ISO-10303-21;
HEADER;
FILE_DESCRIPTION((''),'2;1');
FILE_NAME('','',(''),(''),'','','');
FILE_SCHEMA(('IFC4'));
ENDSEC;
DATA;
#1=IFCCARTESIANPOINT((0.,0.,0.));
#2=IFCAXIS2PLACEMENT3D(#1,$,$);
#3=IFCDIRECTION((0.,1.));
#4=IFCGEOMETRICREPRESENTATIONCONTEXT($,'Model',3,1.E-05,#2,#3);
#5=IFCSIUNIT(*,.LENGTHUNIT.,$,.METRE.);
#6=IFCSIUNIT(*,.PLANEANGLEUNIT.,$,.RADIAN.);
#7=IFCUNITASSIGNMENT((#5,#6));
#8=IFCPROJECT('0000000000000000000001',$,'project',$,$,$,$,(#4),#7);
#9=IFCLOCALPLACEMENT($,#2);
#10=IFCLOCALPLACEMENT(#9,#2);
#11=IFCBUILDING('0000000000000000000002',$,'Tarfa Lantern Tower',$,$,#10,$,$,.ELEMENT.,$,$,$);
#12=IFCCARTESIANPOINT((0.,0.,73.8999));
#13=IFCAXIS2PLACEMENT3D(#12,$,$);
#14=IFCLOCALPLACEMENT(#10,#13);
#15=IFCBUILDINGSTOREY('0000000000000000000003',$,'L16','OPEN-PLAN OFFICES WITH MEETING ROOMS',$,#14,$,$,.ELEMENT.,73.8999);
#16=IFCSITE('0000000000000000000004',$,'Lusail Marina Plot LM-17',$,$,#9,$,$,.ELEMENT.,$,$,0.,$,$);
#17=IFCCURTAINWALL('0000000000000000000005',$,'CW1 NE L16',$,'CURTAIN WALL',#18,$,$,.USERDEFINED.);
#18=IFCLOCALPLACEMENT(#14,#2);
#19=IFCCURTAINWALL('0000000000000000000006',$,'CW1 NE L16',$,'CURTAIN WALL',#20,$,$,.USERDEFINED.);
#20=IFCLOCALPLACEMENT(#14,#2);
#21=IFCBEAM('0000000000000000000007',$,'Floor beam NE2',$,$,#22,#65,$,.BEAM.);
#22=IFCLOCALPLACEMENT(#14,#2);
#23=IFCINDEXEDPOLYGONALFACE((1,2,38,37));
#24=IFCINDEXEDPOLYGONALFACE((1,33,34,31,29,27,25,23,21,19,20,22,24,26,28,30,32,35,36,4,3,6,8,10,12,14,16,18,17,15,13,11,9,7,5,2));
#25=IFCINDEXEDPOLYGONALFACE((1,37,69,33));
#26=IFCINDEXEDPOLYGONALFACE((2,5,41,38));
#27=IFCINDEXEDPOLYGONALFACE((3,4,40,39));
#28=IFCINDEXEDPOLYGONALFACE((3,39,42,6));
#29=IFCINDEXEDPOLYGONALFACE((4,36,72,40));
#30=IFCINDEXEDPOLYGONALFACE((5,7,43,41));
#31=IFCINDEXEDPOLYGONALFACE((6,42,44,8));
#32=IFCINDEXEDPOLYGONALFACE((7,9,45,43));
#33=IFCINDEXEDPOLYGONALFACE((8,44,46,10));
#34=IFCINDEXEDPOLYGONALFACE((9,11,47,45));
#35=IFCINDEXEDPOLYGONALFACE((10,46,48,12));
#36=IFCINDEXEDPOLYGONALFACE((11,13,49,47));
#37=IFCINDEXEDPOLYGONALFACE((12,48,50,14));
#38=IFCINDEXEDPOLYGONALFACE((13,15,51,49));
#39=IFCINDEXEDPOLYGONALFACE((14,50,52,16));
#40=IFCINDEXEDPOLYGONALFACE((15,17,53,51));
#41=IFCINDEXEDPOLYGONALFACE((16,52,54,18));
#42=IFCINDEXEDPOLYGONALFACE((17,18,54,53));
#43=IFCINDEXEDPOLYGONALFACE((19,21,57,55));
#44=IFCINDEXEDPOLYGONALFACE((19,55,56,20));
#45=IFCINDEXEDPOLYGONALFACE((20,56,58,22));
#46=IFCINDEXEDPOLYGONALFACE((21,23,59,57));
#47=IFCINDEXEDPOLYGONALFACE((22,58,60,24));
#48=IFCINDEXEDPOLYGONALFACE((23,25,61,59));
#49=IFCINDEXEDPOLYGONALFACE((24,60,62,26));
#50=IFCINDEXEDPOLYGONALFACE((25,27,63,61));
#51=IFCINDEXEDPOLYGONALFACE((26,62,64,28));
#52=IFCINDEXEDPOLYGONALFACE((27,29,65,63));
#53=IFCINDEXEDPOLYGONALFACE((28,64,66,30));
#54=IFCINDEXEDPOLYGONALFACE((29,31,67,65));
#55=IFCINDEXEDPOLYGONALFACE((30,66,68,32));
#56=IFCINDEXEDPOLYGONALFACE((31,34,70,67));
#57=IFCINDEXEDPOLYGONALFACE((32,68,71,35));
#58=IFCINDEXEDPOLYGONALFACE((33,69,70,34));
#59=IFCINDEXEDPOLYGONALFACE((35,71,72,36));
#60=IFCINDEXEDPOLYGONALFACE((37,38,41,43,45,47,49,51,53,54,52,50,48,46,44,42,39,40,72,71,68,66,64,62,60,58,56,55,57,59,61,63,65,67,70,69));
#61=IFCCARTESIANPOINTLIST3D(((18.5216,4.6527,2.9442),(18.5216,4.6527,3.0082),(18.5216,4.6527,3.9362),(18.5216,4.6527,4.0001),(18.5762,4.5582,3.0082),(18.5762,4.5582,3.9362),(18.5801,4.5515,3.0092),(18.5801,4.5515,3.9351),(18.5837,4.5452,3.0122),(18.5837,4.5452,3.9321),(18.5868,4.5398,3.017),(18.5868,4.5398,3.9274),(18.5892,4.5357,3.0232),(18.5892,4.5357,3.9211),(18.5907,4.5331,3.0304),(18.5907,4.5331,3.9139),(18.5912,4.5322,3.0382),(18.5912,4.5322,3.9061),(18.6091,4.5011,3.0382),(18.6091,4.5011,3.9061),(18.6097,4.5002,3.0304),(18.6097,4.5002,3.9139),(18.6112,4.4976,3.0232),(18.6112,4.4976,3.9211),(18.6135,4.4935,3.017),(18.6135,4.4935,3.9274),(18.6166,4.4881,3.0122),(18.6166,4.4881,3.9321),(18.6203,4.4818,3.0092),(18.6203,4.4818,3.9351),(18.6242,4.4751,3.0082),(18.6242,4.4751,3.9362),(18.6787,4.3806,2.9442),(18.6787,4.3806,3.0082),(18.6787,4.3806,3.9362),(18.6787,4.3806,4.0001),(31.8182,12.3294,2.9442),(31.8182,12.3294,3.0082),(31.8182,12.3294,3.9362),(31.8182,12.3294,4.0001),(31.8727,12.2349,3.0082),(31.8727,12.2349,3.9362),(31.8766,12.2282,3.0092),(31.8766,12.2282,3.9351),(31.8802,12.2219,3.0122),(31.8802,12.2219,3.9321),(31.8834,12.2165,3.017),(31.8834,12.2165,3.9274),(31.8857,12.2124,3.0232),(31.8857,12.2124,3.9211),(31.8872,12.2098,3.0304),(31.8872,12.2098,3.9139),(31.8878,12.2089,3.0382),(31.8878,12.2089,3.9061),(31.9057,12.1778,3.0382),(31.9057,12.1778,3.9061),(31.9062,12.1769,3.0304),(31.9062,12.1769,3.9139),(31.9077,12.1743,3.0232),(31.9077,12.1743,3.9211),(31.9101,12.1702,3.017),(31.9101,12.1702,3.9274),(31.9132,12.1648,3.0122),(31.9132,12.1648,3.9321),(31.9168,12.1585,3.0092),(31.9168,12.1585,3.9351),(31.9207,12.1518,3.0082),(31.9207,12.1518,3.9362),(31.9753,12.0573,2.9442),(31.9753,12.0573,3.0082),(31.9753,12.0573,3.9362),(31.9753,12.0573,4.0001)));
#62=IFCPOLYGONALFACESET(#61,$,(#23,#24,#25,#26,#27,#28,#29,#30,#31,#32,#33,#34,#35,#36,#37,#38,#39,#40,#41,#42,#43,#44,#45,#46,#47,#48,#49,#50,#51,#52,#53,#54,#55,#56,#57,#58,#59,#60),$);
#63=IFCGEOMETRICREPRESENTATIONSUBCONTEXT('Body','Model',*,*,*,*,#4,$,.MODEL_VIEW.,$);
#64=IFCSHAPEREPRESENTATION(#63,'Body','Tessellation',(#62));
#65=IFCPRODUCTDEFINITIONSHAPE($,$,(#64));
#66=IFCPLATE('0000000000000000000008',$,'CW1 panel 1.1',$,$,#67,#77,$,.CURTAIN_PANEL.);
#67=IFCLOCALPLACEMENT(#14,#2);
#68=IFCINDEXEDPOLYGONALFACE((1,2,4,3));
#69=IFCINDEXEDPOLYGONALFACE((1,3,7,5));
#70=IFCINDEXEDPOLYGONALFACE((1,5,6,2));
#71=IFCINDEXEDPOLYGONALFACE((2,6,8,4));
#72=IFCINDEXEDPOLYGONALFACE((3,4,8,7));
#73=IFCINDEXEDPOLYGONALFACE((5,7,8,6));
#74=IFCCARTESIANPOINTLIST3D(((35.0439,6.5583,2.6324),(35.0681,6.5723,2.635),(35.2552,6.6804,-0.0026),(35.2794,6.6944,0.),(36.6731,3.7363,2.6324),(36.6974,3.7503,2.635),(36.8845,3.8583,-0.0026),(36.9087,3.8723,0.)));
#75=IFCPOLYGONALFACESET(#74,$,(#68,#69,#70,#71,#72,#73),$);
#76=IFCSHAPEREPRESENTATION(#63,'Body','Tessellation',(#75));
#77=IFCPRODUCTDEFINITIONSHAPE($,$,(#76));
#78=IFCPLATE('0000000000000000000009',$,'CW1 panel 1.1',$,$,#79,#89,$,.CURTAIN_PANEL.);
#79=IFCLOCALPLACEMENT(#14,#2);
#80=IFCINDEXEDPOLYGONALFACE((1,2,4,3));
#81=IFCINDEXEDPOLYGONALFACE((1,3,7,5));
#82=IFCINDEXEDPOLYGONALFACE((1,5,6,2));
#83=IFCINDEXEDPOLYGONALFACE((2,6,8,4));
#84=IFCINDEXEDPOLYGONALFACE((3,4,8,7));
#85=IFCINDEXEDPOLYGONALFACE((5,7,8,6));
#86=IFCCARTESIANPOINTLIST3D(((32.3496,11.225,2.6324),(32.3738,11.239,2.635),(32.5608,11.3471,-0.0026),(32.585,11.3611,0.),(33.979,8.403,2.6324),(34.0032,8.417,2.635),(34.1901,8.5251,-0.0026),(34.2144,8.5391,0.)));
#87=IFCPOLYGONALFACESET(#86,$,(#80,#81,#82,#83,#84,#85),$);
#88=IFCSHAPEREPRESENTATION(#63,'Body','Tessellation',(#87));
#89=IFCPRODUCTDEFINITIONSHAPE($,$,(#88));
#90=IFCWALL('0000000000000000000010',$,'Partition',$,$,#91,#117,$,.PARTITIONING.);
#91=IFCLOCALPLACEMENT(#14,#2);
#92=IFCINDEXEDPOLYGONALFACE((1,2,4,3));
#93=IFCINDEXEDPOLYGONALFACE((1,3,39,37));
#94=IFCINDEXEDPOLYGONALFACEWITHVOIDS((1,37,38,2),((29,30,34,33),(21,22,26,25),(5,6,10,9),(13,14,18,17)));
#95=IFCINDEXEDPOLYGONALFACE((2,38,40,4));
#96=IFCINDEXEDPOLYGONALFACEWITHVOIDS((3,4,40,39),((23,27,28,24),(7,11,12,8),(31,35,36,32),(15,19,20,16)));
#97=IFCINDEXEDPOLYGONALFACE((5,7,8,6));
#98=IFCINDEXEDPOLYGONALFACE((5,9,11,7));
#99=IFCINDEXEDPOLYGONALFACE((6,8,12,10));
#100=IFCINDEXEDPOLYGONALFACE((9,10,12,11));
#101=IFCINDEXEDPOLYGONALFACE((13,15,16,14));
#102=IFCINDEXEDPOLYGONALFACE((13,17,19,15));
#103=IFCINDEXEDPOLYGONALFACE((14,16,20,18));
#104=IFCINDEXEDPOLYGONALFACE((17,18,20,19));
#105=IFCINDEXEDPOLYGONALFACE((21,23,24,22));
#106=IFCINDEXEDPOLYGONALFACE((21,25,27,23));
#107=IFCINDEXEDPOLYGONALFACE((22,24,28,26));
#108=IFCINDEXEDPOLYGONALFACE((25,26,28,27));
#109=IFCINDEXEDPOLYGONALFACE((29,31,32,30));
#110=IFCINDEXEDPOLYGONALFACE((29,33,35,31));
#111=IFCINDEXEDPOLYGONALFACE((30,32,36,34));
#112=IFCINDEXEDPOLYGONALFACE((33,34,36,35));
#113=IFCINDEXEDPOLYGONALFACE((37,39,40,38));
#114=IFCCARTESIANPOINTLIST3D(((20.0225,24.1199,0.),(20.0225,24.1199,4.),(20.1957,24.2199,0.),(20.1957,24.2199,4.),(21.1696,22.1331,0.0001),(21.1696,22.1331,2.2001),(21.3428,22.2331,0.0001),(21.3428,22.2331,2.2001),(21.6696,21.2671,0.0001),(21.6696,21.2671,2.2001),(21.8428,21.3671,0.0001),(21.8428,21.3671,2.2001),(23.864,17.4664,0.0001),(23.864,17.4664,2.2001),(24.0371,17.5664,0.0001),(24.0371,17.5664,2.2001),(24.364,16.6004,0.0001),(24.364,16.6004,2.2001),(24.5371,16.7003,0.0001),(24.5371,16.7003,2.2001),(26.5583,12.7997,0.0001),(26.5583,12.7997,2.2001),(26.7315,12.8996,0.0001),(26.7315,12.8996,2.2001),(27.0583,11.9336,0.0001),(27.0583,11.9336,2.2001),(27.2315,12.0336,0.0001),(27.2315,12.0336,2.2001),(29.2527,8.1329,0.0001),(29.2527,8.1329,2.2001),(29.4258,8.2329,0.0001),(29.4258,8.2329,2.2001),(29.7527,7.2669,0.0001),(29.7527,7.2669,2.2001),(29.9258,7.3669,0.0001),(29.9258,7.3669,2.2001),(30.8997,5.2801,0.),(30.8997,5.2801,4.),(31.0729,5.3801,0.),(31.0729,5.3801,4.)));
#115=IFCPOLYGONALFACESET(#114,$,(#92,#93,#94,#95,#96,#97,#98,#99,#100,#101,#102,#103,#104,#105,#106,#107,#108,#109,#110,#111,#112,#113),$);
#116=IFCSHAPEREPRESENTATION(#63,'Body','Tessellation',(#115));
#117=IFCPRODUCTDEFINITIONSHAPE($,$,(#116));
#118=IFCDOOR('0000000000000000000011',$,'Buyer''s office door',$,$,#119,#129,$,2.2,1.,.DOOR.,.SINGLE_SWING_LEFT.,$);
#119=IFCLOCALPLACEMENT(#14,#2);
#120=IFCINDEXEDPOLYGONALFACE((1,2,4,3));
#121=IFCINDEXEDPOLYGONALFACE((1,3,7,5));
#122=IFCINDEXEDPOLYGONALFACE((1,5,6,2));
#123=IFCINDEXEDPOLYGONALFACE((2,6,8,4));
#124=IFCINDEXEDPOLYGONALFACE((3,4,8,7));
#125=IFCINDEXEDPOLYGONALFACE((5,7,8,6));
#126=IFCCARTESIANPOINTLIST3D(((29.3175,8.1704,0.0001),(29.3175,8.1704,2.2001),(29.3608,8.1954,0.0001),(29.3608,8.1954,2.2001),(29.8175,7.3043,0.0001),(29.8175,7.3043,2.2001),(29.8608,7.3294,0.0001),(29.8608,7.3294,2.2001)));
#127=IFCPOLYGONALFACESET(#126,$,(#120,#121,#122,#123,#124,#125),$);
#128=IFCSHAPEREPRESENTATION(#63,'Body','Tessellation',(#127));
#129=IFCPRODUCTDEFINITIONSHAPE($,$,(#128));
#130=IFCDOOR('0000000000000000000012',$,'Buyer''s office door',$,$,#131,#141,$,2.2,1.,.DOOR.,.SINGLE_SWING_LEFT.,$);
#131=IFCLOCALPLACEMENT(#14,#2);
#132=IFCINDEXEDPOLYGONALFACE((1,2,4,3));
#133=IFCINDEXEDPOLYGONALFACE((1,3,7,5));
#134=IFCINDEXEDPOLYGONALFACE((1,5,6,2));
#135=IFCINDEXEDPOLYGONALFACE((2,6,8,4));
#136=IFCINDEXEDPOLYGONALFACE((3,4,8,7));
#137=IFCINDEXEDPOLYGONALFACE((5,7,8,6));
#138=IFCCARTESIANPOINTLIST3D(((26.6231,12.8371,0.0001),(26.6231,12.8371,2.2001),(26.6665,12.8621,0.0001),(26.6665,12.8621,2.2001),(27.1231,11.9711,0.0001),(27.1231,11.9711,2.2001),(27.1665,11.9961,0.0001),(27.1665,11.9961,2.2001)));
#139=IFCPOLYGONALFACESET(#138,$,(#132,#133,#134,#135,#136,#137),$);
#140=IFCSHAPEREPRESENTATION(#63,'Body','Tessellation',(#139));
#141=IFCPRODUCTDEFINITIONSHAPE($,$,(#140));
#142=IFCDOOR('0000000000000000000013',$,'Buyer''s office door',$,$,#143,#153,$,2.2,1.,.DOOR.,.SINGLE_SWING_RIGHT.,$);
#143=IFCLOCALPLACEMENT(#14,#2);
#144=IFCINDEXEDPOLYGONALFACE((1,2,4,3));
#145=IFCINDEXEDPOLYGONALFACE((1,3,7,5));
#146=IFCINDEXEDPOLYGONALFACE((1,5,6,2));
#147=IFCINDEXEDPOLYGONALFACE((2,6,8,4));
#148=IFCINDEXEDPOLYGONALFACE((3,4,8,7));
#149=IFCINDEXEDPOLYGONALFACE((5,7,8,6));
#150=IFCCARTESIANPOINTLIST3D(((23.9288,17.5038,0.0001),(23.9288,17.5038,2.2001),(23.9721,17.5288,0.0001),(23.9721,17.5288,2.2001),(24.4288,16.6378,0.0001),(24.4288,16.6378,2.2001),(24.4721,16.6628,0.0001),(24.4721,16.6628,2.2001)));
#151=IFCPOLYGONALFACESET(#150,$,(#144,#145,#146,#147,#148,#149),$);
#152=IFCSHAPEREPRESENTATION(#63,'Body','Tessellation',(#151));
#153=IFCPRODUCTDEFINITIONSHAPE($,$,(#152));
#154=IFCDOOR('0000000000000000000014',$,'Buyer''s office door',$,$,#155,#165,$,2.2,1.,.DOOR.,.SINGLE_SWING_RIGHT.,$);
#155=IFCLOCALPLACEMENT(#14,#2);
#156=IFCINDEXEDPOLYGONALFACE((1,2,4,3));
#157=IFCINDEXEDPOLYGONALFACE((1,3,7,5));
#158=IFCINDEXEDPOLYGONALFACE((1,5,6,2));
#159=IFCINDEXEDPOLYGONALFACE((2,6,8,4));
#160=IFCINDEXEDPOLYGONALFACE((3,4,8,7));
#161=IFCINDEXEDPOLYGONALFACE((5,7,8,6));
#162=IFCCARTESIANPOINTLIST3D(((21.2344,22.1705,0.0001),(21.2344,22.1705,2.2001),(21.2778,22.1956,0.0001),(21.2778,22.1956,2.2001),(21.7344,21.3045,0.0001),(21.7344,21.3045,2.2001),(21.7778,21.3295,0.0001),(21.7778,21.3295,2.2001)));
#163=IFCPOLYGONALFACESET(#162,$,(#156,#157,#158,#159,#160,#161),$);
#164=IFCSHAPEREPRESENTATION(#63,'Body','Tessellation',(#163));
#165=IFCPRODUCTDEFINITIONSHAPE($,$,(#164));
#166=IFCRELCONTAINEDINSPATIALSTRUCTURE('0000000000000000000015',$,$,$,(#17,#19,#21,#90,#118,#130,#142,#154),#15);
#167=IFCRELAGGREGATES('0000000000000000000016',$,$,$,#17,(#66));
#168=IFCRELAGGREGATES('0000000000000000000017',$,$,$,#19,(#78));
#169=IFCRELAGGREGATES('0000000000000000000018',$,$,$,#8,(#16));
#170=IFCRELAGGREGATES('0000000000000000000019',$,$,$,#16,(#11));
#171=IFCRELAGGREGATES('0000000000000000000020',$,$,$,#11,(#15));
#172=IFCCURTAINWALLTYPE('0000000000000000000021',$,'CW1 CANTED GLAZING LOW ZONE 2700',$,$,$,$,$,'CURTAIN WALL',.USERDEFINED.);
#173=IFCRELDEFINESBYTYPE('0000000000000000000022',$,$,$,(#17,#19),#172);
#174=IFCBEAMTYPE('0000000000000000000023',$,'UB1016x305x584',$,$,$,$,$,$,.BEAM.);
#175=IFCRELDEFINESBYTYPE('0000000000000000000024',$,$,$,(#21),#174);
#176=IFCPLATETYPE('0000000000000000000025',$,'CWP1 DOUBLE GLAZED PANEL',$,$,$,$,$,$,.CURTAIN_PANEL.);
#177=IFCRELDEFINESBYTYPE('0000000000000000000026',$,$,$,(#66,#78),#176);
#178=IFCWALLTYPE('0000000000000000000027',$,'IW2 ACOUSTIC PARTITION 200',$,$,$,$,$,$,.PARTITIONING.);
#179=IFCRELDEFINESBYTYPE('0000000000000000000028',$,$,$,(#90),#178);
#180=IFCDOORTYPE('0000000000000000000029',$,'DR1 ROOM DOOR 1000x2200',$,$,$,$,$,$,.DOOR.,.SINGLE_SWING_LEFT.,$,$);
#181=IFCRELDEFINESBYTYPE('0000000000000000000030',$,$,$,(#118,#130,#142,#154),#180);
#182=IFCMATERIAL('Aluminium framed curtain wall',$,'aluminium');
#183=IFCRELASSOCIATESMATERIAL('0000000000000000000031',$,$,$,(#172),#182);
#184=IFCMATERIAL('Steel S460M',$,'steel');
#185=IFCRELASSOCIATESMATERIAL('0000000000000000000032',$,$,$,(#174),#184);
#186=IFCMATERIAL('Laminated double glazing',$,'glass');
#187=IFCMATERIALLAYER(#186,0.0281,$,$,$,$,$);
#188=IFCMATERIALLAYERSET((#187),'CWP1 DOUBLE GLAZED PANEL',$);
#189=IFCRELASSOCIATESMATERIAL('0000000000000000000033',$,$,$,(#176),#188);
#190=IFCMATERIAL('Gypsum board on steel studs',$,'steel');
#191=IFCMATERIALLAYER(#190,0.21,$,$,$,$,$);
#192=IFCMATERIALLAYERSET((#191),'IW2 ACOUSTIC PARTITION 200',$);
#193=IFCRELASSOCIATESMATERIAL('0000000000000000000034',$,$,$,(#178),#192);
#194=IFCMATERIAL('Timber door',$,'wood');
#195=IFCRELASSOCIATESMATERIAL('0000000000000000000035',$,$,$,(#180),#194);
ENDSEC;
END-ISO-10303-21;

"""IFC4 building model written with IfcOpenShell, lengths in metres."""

from ifc_helpers import new_model, si_unit, direction, frame, frame_2d, origin, origin_2d, place, context, subcontext, project, spatial, polyline, rectangle, i_section, outline, extrude, material, layer, layer_set, material_profile, profile_set, type_object, element, fill, aggregate, save


model = new_model("IFC4")

# Units and contexts
model_context = context("Model", 3, precision=1e-05, world=origin(), true_north=direction((0.0, 1.0)))
body_context = subcontext(model_context, "Body", "Model", "MODEL_VIEW")
ifc_project = project(units=[si_unit("LENGTHUNIT", "METRE"), si_unit("PLANEANGLEUNIT", "RADIAN")], contexts=[model_context])

# Site, building, storey
site_placement = place(None, origin())
site = spatial("IfcSite", under=ifc_project, at=site_placement, Name="Lusail Marina Plot LM-17", CompositionType="ELEMENT", RefElevation=0.0)
building_placement = place(site_placement, origin())
building = spatial("IfcBuilding", under=site, at=building_placement, Name="Tarfa Lantern Tower", CompositionType="ELEMENT")
storey_placement = place(building_placement, frame((0.0, 0.0, 73.8999)))
storey = spatial("IfcBuildingStorey", under=building, at=storey_placement, Name="L16", Description="OPEN-PLAN OFFICES WITH MEETING ROOMS", CompositionType="ELEMENT", Elevation=73.8999)

# Curtain walls
ifc_material_1 = material(Name="Aluminium framed curtain wall", Category="aluminium")
curtain_wall_type = type_object("IfcCurtainWallType", Name="CW1 CANTED GLAZING LOW ZONE 2700", ElementType="CURTAIN WALL", PredefinedType="USERDEFINED", material=ifc_material_1)
curtain_wall_1_placement = place(storey_placement, origin())
curtain_wall_1 = element("IfcCurtainWall", 1, at=curtain_wall_1_placement, inside=storey, type_object=curtain_wall_type, Name="CW1 NE L16", ObjectType="CURTAIN WALL", PredefinedType="USERDEFINED")
curtain_wall_2_placement = place(storey_placement, origin())
curtain_wall_2 = element("IfcCurtainWall", 2, at=curtain_wall_2_placement, inside=storey, type_object=curtain_wall_type, Name="CW1 NE L16", ObjectType="CURTAIN WALL", PredefinedType="USERDEFINED")

# Beam
ifc_material_2 = material(Name="Steel S460M", Category="steel")
ifc_material_profile_1 = material_profile(ifc_material_2, i_section(OverallWidth=0.3142, OverallDepth=1.0559, WebThickness=0.0359, FlangeThickness=0.064, FilletRadius=0.03, at=origin_2d()), Name="UB1016x305x584")
ifc_profile_set_1 = profile_set([ifc_material_profile_1], Name="Steel S460M")
beam_type_1 = type_object("IfcBeamType", Name="UB1016x305x584", PredefinedType="BEAM", material=ifc_profile_set_1)
beam_1_placement = place(storey_placement, frame((31.8967, 12.1934, 3.4722), z_axis=(-0.866027, -0.499997, 0.0), x_axis=(0.499997, -0.866027, 0.0)))
element("IfcBeam", 3, at=beam_1_placement, inside=storey, type_object=beam_type_1, Name="Floor beam NE2", PredefinedType="BEAM", context=body_context, shape_type="SweptSolid", body=[
    extrude(i_section(OverallWidth=0.3142, OverallDepth=1.0559, WebThickness=0.0359, FlangeThickness=0.064, FilletRadius=0.03, at=origin_2d()), origin(), (0.0, 0.0, 1.0), 15.3535),
])

# Plates
ifc_material_3 = material(Name="Laminated double glazing", Category="glass")
ifc_layer_1 = layer(ifc_material_3, 0.0281)
ifc_layer_set_1 = layer_set([ifc_layer_1], Name="CWP1 DOUBLE GLAZED PANEL")
plate_type = type_object("IfcPlateType", Name="CWP1 DOUBLE GLAZED PANEL", PredefinedType="CURTAIN_PANEL", material=ifc_layer_set_1)
plate_1_placement = place(storey_placement, frame((36.9087, 3.8723, 0.0), z_axis=(0.862338, 0.497864, 0.092216), x_axis=(-0.499995, 0.866028, 0.000003)))
plate_1 = element("IfcPlate", 4, at=plate_1_placement, type_object=plate_type, Name="CW1 panel 1.1", PredefinedType="CURTAIN_PANEL", context=body_context, shape_type="SweptSolid", body=[
    extrude(outline(polyline([(0.0, 0.0), (3.2586, 0.0), (3.2585, 2.6463), (0.0, 2.6463), (0.0, 0.0)])), origin(), (0.0, 0.0, -1.0), 0.0281),
])
aggregate(curtain_wall_1, [plate_1])
plate_2_placement = place(storey_placement, frame((34.2144, 8.5391, 0.0), z_axis=(0.862325, 0.497894, 0.092176), x_axis=(-0.500023, 0.866012, 0.0)))
plate_2 = element("IfcPlate", 5, at=plate_2_placement, type_object=plate_type, Name="CW1 panel 1.1", PredefinedType="CURTAIN_PANEL", context=body_context, shape_type="SweptSolid", body=[
    extrude(outline(polyline([(0.0, 0.0), (3.2586, 0.0), (3.2585, 2.6463), (-0.0001, 2.6463), (0.0, 0.0)])), origin(), (0.0, 0.0, -1.0), 0.0281),
])
aggregate(curtain_wall_2, [plate_2])

# Wall, openings, doors
ifc_material_4 = material(Name="Gypsum board on steel studs", Category="steel")
ifc_layer_2 = layer(ifc_material_4, 0.21)
ifc_layer_set_2 = layer_set([ifc_layer_2], Name="IW2 ACOUSTIC PARTITION 200")
wall_type = type_object("IfcWallType", Name="IW2 ACOUSTIC PARTITION 200", PredefinedType="PARTITIONING", material=ifc_layer_set_2)
wall_1_placement = place(storey_placement, frame((30.9863, 5.3301, 0.0), z_axis=(0.0, 0.0, 1.0), x_axis=(-0.5, 0.866025, 0.0)))
wall_1 = element("IfcWall", 6, at=wall_1_placement, inside=storey, type_object=wall_type, Name="Partition", PredefinedType="PARTITIONING", context=body_context, shape_type="SweptSolid", body=[
    extrude(rectangle(XDim=21.7544, YDim=0.2, at=frame_2d((10.8772, 0.0))), origin(), (0.0, 0.0, 1.0), 4.0),
])
opening_1_placement = place(wall_1_placement, frame((2.2942, 0.0, 0.0)))
opening_1 = element("IfcOpeningElement", 7, at=opening_1_placement, cuts=wall_1, PredefinedType="OPENING", context=body_context, shape_type="SweptSolid", body=[
    extrude(rectangle(XDim=1.0, YDim=2.2, at=frame_2d((0.5, 1.1001))), frame((0.0, 0.1099, 0.0), z_axis=(0.0, -1.0, 0.0), x_axis=(1.0, 0.0, 0.0)), (0.0, 0.0, 1.0), 0.22),
])
opening_2_placement = place(wall_1_placement, frame((7.6829, 0.0, 0.0)))
opening_2 = element("IfcOpeningElement", 8, at=opening_2_placement, cuts=wall_1, PredefinedType="OPENING", context=body_context, shape_type="SweptSolid", body=[
    extrude(rectangle(XDim=1.0, YDim=2.2, at=frame_2d((0.5, 1.1001))), frame((0.0, 0.1099, 0.0), z_axis=(0.0, -1.0, 0.0), x_axis=(1.0, 0.0, 0.0)), (0.0, 0.0, 1.0), 0.22),
])
opening_3_placement = place(wall_1_placement, frame((13.0715, 0.0, 0.0)))
opening_3 = element("IfcOpeningElement", 9, at=opening_3_placement, cuts=wall_1, PredefinedType="OPENING", context=body_context, shape_type="SweptSolid", body=[
    extrude(rectangle(XDim=1.0, YDim=2.2, at=frame_2d((0.5, 1.1001))), frame((0.0, 0.1099, 0.0), z_axis=(0.0, -1.0, 0.0), x_axis=(1.0, 0.0, 0.0)), (0.0, 0.0, 1.0), 0.22),
])
opening_4_placement = place(wall_1_placement, frame((18.4602, 0.0, 0.0)))
opening_4 = element("IfcOpeningElement", 10, at=opening_4_placement, cuts=wall_1, PredefinedType="OPENING", context=body_context, shape_type="SweptSolid", body=[
    extrude(rectangle(XDim=1.0, YDim=2.2, at=frame_2d((0.5, 1.1001))), frame((0.0, 0.1099, 0.0), z_axis=(0.0, -1.0, 0.0), x_axis=(1.0, 0.0, 0.0)), (0.0, 0.0, 1.0), 0.22),
])
ifc_material_5 = material(Name="Timber door", Category="wood")
door_type = type_object("IfcDoorType", Name="DR1 ROOM DOOR 1000x2200", OperationType="SINGLE_SWING_LEFT", PredefinedType="DOOR", material=ifc_material_5)
door_1_placement = place(opening_1_placement, frame((1.0, 0.0, 0.0), z_axis=(0.0, 0.0, 1.0), x_axis=(-1.0, 0.0, 0.0)))
door_1 = element("IfcDoor", 11, at=door_1_placement, inside=storey, type_object=door_type, Name="Buyer's office door", OperationType="SINGLE_SWING_LEFT", OverallHeight=2.2, OverallWidth=1.0, PredefinedType="DOOR", context=body_context, shape_type="SweptSolid", body=[
    extrude(rectangle(XDim=1.0, YDim=2.2, at=frame_2d((0.5, 1.1001))), frame((0.0, 0.0249, 0.0), z_axis=(0.0, -1.0, 0.0), x_axis=(1.0, 0.0, 0.0)), (0.0, 0.0, 1.0), 0.05),
])
fill(opening_1, door_1)
door_2_placement = place(opening_2_placement, frame((1.0, 0.0, 0.0), z_axis=(0.0, 0.0, 1.0), x_axis=(-1.0, 0.0, 0.0)))
door_2 = element("IfcDoor", 12, at=door_2_placement, inside=storey, type_object=door_type, Name="Buyer's office door", OperationType="SINGLE_SWING_LEFT", OverallHeight=2.2, OverallWidth=1.0, PredefinedType="DOOR", context=body_context, shape_type="SweptSolid", body=[
    extrude(rectangle(XDim=1.0, YDim=2.2, at=frame_2d((0.5, 1.1001))), frame((0.0, 0.0249, 0.0), z_axis=(0.0, -1.0, 0.0), x_axis=(1.0, 0.0, 0.0)), (0.0, 0.0, 1.0), 0.05),
])
fill(opening_2, door_2)
door_3_placement = place(opening_3_placement, frame((1.0, 0.0, 0.0), z_axis=(0.0, 0.0, 1.0), x_axis=(-1.0, 0.0, 0.0)))
door_3 = element("IfcDoor", 13, at=door_3_placement, inside=storey, type_object=door_type, Name="Buyer's office door", OperationType="SINGLE_SWING_RIGHT", OverallHeight=2.2, OverallWidth=1.0, PredefinedType="DOOR", context=body_context, shape_type="SweptSolid", body=[
    extrude(rectangle(XDim=1.0, YDim=2.2, at=frame_2d((0.5, 1.1001))), frame((0.0, 0.0249, 0.0), z_axis=(0.0, -1.0, 0.0), x_axis=(1.0, 0.0, 0.0)), (0.0, 0.0, 1.0), 0.05),
])
fill(opening_3, door_3)
door_4_placement = place(opening_4_placement, frame((1.0, 0.0, 0.0), z_axis=(0.0, 0.0, 1.0), x_axis=(-1.0, 0.0, 0.0)))
door_4 = element("IfcDoor", 14, at=door_4_placement, inside=storey, type_object=door_type, Name="Buyer's office door", OperationType="SINGLE_SWING_RIGHT", OverallHeight=2.2, OverallWidth=1.0, PredefinedType="DOOR", context=body_context, shape_type="SweptSolid", body=[
    extrude(rectangle(XDim=1.0, YDim=2.2, at=frame_2d((0.5, 1.1001))), frame((0.0, 0.0249, 0.0), z_axis=(0.0, -1.0, 0.0), x_axis=(1.0, 0.0, 0.0)), (0.0, 0.0, 1.0), 0.05),
])
fill(opening_4, door_4)

save(model, "model.ifc")
